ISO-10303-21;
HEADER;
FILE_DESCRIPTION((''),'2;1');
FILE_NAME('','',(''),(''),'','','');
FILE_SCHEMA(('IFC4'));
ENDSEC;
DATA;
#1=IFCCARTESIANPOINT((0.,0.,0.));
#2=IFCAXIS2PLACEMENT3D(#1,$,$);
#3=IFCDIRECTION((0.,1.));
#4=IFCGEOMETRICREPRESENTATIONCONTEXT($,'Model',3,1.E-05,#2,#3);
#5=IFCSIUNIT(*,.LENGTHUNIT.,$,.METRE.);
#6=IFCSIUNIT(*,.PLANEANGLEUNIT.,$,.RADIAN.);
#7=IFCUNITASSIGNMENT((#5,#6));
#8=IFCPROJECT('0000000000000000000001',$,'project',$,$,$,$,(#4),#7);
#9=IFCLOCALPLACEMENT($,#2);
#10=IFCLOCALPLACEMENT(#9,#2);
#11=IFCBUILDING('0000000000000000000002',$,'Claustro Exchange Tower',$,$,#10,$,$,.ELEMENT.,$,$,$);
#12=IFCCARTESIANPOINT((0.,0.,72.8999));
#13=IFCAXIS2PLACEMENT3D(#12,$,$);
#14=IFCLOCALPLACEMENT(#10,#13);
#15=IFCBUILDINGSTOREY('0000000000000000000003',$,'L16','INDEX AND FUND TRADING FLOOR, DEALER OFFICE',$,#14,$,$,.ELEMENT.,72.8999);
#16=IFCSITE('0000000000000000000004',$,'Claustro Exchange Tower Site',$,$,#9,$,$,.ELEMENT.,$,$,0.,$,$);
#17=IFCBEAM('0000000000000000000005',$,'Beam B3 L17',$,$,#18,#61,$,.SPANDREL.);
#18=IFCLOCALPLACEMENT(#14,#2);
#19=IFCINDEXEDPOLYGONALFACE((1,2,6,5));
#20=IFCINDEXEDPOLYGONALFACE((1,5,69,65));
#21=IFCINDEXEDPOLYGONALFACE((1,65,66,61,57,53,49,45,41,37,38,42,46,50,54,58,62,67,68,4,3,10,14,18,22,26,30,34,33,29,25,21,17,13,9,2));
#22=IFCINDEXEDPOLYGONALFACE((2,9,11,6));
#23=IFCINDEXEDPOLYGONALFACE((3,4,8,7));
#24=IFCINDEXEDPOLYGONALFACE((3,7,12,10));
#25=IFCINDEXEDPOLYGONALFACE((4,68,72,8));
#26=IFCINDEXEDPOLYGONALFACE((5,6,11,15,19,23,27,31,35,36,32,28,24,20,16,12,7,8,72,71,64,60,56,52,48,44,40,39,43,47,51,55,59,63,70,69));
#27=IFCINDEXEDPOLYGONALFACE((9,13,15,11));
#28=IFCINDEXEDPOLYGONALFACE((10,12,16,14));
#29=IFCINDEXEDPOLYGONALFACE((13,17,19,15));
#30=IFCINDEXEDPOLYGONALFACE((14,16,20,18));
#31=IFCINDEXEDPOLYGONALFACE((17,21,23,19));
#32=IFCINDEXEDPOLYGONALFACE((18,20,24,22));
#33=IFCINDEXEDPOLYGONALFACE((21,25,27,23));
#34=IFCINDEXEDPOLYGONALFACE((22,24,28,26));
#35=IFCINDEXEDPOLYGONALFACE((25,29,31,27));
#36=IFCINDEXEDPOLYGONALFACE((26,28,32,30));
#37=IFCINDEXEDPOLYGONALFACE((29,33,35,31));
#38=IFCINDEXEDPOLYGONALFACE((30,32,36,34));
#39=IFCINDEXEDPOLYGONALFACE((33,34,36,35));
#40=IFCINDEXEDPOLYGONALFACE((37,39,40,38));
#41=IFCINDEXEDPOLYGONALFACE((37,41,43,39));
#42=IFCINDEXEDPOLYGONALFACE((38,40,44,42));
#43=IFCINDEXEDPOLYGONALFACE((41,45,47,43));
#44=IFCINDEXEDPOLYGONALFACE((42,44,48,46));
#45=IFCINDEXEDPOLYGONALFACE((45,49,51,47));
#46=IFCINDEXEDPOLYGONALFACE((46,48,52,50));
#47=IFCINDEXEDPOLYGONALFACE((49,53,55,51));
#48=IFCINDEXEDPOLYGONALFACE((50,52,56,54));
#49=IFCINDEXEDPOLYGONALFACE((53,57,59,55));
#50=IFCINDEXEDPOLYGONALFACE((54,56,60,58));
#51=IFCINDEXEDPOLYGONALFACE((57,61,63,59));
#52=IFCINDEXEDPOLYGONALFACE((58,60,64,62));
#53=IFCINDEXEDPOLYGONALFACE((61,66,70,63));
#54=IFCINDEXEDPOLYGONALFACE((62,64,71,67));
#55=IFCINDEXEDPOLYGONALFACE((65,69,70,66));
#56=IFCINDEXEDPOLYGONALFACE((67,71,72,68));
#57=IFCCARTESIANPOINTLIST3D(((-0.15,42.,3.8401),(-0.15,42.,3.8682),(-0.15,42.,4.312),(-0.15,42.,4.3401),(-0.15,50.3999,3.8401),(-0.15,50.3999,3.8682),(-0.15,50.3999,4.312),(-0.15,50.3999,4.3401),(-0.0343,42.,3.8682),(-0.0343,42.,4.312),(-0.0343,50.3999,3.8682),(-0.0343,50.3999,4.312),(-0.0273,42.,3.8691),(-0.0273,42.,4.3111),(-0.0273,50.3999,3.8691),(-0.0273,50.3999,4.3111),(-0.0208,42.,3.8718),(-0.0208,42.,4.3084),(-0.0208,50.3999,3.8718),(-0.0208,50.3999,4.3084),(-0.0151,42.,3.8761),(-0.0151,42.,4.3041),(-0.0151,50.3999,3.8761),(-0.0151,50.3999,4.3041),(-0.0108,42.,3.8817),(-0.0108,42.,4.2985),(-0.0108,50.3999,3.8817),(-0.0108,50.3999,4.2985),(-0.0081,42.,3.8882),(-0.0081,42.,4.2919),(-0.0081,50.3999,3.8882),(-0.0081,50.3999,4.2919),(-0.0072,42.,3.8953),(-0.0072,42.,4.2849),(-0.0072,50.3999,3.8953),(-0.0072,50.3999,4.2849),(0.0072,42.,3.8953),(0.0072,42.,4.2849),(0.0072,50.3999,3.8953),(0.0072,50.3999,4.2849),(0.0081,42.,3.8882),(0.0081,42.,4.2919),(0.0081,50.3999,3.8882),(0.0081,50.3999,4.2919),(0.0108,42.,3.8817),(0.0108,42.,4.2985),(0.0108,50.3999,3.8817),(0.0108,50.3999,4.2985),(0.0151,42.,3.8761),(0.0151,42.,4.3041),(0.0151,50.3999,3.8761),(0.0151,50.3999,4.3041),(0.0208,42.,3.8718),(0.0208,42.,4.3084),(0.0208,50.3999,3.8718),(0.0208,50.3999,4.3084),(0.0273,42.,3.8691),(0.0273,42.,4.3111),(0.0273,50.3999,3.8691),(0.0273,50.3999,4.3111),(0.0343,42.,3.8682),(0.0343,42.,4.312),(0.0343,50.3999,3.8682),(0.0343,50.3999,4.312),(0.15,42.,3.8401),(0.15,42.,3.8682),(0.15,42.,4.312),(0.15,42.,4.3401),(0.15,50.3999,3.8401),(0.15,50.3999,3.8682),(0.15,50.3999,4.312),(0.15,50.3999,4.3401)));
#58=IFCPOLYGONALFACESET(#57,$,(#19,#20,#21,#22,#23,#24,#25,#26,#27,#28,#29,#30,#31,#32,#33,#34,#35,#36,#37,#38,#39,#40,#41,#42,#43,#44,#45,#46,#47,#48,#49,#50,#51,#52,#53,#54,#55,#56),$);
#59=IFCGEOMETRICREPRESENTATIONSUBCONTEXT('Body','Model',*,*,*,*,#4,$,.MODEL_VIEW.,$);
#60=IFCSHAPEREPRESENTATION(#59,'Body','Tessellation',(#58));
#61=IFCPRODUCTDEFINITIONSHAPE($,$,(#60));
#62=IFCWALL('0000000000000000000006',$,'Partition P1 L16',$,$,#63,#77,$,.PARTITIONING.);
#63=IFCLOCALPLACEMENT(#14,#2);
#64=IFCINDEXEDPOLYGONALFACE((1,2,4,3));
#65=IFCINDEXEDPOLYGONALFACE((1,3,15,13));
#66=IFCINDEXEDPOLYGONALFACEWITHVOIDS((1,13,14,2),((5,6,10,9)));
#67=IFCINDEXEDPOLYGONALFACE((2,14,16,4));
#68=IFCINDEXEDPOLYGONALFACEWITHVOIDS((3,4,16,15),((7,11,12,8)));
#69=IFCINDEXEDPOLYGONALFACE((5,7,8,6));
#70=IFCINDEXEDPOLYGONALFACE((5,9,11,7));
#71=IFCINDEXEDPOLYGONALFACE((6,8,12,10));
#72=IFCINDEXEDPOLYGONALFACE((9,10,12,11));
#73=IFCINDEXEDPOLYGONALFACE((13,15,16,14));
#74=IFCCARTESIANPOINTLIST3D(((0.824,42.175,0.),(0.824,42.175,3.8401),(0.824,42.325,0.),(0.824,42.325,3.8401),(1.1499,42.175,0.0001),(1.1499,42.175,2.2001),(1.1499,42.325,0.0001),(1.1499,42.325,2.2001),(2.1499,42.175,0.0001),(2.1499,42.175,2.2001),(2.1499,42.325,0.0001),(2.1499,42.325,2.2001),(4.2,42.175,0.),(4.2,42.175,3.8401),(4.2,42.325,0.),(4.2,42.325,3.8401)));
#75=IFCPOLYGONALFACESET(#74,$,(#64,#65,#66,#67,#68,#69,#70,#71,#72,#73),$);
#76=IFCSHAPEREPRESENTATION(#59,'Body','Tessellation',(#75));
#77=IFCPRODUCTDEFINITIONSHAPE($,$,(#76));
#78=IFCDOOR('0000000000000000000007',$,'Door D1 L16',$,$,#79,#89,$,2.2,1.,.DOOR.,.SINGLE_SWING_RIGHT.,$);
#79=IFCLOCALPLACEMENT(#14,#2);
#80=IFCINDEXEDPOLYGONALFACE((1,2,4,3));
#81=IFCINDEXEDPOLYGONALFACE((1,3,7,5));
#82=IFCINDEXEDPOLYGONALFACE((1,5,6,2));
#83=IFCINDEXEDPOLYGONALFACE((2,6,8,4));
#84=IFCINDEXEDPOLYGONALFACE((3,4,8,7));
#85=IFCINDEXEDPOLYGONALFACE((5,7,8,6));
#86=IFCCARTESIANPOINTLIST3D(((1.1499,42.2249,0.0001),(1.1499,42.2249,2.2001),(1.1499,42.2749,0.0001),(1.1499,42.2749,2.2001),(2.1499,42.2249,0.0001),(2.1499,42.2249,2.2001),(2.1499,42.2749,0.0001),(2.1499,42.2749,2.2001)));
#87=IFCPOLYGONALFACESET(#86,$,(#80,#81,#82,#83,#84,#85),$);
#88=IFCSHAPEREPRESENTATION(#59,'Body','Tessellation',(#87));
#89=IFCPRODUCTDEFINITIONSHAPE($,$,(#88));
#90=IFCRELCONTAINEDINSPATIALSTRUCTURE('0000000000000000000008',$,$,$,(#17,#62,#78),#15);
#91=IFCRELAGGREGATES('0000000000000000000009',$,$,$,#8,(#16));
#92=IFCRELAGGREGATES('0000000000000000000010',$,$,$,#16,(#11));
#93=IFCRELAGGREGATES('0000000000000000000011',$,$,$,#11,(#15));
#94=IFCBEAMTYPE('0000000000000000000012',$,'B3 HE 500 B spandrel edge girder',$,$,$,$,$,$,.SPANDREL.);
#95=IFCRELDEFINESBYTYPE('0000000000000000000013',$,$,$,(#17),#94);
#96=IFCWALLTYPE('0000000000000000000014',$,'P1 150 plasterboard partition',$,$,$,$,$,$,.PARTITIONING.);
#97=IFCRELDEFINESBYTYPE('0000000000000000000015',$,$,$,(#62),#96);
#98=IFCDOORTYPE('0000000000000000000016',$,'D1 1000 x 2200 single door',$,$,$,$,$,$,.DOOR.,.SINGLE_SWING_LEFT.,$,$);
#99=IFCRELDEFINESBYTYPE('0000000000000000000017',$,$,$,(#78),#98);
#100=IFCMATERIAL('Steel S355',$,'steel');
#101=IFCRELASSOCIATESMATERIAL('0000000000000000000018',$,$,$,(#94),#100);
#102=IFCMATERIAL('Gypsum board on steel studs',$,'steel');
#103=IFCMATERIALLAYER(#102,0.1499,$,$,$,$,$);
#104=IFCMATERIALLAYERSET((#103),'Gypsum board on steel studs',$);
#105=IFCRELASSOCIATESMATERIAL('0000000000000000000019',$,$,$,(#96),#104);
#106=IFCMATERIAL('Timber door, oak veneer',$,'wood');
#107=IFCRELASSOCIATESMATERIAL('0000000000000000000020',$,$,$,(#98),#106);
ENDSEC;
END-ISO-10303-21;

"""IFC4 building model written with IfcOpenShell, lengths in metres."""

from ifc_helpers import new_model, si_unit, direction, frame, frame_2d, origin, origin_2d, place, context, subcontext, project, spatial, rectangle, i_section, extrude, material, layer, layer_set, material_profile, profile_set, type_object, element, fill, save


model = new_model("IFC4")

# Units and contexts
model_context = context("Model", 3, precision=1e-05, world=origin(), true_north=direction((0.0, 1.0)))
body_context = subcontext(model_context, "Body", "Model", "MODEL_VIEW")
ifc_project = project(units=[si_unit("LENGTHUNIT", "METRE"), si_unit("PLANEANGLEUNIT", "RADIAN")], contexts=[model_context])

# Site, building, storey
site_placement = place(None, origin())
site = spatial("IfcSite", under=ifc_project, at=site_placement, Name="Claustro Exchange Tower Site", CompositionType="ELEMENT", RefElevation=0.0)
building_placement = place(site_placement, origin())
building = spatial("IfcBuilding", under=site, at=building_placement, Name="Claustro Exchange Tower", CompositionType="ELEMENT")
storey_placement = place(building_placement, frame((0.0, 0.0, 72.8999)))
storey = spatial("IfcBuildingStorey", under=building, at=storey_placement, Name="L16", Description="INDEX AND FUND TRADING FLOOR, DEALER OFFICE", CompositionType="ELEMENT", Elevation=72.8999)

# Beam
ifc_material_1 = material(Name="Steel S355", Category="steel")
ifc_material_profile_1 = material_profile(ifc_material_1, i_section(OverallWidth=0.3, OverallDepth=0.5, WebThickness=0.0144, FlangeThickness=0.0281, FilletRadius=0.0271, at=origin_2d()), Name="HE 500 B")
ifc_profile_set_1 = profile_set([ifc_material_profile_1], Name="Steel S355")
beam_type_1 = type_object("IfcBeamType", Name="B3 HE 500 B spandrel edge girder", PredefinedType="SPANDREL", material=ifc_profile_set_1)
beam_1_placement = place(storey_placement, frame((0.0, 42.0, 4.0901), z_axis=(0.0, 1.0, 0.0), x_axis=(-1.0, 0.0, 0.0)))
element("IfcBeam", 1, at=beam_1_placement, inside=storey, type_object=beam_type_1, Name="Beam B3 L17", PredefinedType="SPANDREL", context=body_context, shape_type="SweptSolid", body=[
    extrude(i_section(OverallWidth=0.3, OverallDepth=0.5, WebThickness=0.0144, FlangeThickness=0.0281, FilletRadius=0.0271, at=origin_2d()), origin(), (0.0, 0.0, 1.0), 8.3999),
])

# Wall, opening, door
ifc_material_2 = material(Name="Gypsum board on steel studs", Category="steel")
ifc_layer_1 = layer(ifc_material_2, 0.1499)
ifc_layer_set_1 = layer_set([ifc_layer_1], Name="Gypsum board on steel studs")
wall_type_1 = type_object("IfcWallType", Name="P1 150 plasterboard partition", PredefinedType="PARTITIONING", material=ifc_layer_set_1)
wall_1_placement = place(storey_placement, frame((0.824, 42.25, 0.0), z_axis=(0.0, 0.0, 1.0), x_axis=(1.0, 0.0, 0.0)))
wall_1 = element("IfcWall", 2, at=wall_1_placement, inside=storey, type_object=wall_type_1, Name="Partition P1 L16", PredefinedType="PARTITIONING", context=body_context, shape_type="SweptSolid", body=[
    extrude(rectangle(XDim=3.376, YDim=0.1499, at=frame_2d((1.688, 0.0))), origin(), (0.0, 0.0, 1.0), 3.8401),
])
opening_1_placement = place(wall_1_placement, frame((0.3259, 0.0, 0.0)))
opening_1 = element("IfcOpeningElement", 3, at=opening_1_placement, cuts=wall_1, PredefinedType="OPENING", context=body_context, shape_type="SweptSolid", body=[
    extrude(rectangle(XDim=1.0, YDim=2.2, at=frame_2d((0.5, 1.1001))), frame((0.0, 0.085, 0.0), z_axis=(0.0, -1.0, 0.0), x_axis=(1.0, 0.0, 0.0)), (0.0, 0.0, 1.0), 0.1699),
])
ifc_material_3 = material(Name="Timber door, oak veneer", Category="wood")
door_type_1 = type_object("IfcDoorType", Name="D1 1000 x 2200 single door", OperationType="SINGLE_SWING_LEFT", PredefinedType="DOOR", material=ifc_material_3)
door_1_placement = place(opening_1_placement, origin())
door_1 = element("IfcDoor", 4, at=door_1_placement, inside=storey, type_object=door_type_1, Name="Door D1 L16", OperationType="SINGLE_SWING_RIGHT", OverallHeight=2.2, OverallWidth=1.0, PredefinedType="DOOR", context=body_context, shape_type="SweptSolid", body=[
    extrude(rectangle(XDim=1.0, YDim=2.2, at=frame_2d((0.5, 1.1001))), frame((0.0, 0.0249, 0.0), z_axis=(0.0, -1.0, 0.0), x_axis=(1.0, 0.0, 0.0)), (0.0, 0.0, 1.0), 0.05),
])
fill(opening_1, door_1)

save(model, "model.ifc")
